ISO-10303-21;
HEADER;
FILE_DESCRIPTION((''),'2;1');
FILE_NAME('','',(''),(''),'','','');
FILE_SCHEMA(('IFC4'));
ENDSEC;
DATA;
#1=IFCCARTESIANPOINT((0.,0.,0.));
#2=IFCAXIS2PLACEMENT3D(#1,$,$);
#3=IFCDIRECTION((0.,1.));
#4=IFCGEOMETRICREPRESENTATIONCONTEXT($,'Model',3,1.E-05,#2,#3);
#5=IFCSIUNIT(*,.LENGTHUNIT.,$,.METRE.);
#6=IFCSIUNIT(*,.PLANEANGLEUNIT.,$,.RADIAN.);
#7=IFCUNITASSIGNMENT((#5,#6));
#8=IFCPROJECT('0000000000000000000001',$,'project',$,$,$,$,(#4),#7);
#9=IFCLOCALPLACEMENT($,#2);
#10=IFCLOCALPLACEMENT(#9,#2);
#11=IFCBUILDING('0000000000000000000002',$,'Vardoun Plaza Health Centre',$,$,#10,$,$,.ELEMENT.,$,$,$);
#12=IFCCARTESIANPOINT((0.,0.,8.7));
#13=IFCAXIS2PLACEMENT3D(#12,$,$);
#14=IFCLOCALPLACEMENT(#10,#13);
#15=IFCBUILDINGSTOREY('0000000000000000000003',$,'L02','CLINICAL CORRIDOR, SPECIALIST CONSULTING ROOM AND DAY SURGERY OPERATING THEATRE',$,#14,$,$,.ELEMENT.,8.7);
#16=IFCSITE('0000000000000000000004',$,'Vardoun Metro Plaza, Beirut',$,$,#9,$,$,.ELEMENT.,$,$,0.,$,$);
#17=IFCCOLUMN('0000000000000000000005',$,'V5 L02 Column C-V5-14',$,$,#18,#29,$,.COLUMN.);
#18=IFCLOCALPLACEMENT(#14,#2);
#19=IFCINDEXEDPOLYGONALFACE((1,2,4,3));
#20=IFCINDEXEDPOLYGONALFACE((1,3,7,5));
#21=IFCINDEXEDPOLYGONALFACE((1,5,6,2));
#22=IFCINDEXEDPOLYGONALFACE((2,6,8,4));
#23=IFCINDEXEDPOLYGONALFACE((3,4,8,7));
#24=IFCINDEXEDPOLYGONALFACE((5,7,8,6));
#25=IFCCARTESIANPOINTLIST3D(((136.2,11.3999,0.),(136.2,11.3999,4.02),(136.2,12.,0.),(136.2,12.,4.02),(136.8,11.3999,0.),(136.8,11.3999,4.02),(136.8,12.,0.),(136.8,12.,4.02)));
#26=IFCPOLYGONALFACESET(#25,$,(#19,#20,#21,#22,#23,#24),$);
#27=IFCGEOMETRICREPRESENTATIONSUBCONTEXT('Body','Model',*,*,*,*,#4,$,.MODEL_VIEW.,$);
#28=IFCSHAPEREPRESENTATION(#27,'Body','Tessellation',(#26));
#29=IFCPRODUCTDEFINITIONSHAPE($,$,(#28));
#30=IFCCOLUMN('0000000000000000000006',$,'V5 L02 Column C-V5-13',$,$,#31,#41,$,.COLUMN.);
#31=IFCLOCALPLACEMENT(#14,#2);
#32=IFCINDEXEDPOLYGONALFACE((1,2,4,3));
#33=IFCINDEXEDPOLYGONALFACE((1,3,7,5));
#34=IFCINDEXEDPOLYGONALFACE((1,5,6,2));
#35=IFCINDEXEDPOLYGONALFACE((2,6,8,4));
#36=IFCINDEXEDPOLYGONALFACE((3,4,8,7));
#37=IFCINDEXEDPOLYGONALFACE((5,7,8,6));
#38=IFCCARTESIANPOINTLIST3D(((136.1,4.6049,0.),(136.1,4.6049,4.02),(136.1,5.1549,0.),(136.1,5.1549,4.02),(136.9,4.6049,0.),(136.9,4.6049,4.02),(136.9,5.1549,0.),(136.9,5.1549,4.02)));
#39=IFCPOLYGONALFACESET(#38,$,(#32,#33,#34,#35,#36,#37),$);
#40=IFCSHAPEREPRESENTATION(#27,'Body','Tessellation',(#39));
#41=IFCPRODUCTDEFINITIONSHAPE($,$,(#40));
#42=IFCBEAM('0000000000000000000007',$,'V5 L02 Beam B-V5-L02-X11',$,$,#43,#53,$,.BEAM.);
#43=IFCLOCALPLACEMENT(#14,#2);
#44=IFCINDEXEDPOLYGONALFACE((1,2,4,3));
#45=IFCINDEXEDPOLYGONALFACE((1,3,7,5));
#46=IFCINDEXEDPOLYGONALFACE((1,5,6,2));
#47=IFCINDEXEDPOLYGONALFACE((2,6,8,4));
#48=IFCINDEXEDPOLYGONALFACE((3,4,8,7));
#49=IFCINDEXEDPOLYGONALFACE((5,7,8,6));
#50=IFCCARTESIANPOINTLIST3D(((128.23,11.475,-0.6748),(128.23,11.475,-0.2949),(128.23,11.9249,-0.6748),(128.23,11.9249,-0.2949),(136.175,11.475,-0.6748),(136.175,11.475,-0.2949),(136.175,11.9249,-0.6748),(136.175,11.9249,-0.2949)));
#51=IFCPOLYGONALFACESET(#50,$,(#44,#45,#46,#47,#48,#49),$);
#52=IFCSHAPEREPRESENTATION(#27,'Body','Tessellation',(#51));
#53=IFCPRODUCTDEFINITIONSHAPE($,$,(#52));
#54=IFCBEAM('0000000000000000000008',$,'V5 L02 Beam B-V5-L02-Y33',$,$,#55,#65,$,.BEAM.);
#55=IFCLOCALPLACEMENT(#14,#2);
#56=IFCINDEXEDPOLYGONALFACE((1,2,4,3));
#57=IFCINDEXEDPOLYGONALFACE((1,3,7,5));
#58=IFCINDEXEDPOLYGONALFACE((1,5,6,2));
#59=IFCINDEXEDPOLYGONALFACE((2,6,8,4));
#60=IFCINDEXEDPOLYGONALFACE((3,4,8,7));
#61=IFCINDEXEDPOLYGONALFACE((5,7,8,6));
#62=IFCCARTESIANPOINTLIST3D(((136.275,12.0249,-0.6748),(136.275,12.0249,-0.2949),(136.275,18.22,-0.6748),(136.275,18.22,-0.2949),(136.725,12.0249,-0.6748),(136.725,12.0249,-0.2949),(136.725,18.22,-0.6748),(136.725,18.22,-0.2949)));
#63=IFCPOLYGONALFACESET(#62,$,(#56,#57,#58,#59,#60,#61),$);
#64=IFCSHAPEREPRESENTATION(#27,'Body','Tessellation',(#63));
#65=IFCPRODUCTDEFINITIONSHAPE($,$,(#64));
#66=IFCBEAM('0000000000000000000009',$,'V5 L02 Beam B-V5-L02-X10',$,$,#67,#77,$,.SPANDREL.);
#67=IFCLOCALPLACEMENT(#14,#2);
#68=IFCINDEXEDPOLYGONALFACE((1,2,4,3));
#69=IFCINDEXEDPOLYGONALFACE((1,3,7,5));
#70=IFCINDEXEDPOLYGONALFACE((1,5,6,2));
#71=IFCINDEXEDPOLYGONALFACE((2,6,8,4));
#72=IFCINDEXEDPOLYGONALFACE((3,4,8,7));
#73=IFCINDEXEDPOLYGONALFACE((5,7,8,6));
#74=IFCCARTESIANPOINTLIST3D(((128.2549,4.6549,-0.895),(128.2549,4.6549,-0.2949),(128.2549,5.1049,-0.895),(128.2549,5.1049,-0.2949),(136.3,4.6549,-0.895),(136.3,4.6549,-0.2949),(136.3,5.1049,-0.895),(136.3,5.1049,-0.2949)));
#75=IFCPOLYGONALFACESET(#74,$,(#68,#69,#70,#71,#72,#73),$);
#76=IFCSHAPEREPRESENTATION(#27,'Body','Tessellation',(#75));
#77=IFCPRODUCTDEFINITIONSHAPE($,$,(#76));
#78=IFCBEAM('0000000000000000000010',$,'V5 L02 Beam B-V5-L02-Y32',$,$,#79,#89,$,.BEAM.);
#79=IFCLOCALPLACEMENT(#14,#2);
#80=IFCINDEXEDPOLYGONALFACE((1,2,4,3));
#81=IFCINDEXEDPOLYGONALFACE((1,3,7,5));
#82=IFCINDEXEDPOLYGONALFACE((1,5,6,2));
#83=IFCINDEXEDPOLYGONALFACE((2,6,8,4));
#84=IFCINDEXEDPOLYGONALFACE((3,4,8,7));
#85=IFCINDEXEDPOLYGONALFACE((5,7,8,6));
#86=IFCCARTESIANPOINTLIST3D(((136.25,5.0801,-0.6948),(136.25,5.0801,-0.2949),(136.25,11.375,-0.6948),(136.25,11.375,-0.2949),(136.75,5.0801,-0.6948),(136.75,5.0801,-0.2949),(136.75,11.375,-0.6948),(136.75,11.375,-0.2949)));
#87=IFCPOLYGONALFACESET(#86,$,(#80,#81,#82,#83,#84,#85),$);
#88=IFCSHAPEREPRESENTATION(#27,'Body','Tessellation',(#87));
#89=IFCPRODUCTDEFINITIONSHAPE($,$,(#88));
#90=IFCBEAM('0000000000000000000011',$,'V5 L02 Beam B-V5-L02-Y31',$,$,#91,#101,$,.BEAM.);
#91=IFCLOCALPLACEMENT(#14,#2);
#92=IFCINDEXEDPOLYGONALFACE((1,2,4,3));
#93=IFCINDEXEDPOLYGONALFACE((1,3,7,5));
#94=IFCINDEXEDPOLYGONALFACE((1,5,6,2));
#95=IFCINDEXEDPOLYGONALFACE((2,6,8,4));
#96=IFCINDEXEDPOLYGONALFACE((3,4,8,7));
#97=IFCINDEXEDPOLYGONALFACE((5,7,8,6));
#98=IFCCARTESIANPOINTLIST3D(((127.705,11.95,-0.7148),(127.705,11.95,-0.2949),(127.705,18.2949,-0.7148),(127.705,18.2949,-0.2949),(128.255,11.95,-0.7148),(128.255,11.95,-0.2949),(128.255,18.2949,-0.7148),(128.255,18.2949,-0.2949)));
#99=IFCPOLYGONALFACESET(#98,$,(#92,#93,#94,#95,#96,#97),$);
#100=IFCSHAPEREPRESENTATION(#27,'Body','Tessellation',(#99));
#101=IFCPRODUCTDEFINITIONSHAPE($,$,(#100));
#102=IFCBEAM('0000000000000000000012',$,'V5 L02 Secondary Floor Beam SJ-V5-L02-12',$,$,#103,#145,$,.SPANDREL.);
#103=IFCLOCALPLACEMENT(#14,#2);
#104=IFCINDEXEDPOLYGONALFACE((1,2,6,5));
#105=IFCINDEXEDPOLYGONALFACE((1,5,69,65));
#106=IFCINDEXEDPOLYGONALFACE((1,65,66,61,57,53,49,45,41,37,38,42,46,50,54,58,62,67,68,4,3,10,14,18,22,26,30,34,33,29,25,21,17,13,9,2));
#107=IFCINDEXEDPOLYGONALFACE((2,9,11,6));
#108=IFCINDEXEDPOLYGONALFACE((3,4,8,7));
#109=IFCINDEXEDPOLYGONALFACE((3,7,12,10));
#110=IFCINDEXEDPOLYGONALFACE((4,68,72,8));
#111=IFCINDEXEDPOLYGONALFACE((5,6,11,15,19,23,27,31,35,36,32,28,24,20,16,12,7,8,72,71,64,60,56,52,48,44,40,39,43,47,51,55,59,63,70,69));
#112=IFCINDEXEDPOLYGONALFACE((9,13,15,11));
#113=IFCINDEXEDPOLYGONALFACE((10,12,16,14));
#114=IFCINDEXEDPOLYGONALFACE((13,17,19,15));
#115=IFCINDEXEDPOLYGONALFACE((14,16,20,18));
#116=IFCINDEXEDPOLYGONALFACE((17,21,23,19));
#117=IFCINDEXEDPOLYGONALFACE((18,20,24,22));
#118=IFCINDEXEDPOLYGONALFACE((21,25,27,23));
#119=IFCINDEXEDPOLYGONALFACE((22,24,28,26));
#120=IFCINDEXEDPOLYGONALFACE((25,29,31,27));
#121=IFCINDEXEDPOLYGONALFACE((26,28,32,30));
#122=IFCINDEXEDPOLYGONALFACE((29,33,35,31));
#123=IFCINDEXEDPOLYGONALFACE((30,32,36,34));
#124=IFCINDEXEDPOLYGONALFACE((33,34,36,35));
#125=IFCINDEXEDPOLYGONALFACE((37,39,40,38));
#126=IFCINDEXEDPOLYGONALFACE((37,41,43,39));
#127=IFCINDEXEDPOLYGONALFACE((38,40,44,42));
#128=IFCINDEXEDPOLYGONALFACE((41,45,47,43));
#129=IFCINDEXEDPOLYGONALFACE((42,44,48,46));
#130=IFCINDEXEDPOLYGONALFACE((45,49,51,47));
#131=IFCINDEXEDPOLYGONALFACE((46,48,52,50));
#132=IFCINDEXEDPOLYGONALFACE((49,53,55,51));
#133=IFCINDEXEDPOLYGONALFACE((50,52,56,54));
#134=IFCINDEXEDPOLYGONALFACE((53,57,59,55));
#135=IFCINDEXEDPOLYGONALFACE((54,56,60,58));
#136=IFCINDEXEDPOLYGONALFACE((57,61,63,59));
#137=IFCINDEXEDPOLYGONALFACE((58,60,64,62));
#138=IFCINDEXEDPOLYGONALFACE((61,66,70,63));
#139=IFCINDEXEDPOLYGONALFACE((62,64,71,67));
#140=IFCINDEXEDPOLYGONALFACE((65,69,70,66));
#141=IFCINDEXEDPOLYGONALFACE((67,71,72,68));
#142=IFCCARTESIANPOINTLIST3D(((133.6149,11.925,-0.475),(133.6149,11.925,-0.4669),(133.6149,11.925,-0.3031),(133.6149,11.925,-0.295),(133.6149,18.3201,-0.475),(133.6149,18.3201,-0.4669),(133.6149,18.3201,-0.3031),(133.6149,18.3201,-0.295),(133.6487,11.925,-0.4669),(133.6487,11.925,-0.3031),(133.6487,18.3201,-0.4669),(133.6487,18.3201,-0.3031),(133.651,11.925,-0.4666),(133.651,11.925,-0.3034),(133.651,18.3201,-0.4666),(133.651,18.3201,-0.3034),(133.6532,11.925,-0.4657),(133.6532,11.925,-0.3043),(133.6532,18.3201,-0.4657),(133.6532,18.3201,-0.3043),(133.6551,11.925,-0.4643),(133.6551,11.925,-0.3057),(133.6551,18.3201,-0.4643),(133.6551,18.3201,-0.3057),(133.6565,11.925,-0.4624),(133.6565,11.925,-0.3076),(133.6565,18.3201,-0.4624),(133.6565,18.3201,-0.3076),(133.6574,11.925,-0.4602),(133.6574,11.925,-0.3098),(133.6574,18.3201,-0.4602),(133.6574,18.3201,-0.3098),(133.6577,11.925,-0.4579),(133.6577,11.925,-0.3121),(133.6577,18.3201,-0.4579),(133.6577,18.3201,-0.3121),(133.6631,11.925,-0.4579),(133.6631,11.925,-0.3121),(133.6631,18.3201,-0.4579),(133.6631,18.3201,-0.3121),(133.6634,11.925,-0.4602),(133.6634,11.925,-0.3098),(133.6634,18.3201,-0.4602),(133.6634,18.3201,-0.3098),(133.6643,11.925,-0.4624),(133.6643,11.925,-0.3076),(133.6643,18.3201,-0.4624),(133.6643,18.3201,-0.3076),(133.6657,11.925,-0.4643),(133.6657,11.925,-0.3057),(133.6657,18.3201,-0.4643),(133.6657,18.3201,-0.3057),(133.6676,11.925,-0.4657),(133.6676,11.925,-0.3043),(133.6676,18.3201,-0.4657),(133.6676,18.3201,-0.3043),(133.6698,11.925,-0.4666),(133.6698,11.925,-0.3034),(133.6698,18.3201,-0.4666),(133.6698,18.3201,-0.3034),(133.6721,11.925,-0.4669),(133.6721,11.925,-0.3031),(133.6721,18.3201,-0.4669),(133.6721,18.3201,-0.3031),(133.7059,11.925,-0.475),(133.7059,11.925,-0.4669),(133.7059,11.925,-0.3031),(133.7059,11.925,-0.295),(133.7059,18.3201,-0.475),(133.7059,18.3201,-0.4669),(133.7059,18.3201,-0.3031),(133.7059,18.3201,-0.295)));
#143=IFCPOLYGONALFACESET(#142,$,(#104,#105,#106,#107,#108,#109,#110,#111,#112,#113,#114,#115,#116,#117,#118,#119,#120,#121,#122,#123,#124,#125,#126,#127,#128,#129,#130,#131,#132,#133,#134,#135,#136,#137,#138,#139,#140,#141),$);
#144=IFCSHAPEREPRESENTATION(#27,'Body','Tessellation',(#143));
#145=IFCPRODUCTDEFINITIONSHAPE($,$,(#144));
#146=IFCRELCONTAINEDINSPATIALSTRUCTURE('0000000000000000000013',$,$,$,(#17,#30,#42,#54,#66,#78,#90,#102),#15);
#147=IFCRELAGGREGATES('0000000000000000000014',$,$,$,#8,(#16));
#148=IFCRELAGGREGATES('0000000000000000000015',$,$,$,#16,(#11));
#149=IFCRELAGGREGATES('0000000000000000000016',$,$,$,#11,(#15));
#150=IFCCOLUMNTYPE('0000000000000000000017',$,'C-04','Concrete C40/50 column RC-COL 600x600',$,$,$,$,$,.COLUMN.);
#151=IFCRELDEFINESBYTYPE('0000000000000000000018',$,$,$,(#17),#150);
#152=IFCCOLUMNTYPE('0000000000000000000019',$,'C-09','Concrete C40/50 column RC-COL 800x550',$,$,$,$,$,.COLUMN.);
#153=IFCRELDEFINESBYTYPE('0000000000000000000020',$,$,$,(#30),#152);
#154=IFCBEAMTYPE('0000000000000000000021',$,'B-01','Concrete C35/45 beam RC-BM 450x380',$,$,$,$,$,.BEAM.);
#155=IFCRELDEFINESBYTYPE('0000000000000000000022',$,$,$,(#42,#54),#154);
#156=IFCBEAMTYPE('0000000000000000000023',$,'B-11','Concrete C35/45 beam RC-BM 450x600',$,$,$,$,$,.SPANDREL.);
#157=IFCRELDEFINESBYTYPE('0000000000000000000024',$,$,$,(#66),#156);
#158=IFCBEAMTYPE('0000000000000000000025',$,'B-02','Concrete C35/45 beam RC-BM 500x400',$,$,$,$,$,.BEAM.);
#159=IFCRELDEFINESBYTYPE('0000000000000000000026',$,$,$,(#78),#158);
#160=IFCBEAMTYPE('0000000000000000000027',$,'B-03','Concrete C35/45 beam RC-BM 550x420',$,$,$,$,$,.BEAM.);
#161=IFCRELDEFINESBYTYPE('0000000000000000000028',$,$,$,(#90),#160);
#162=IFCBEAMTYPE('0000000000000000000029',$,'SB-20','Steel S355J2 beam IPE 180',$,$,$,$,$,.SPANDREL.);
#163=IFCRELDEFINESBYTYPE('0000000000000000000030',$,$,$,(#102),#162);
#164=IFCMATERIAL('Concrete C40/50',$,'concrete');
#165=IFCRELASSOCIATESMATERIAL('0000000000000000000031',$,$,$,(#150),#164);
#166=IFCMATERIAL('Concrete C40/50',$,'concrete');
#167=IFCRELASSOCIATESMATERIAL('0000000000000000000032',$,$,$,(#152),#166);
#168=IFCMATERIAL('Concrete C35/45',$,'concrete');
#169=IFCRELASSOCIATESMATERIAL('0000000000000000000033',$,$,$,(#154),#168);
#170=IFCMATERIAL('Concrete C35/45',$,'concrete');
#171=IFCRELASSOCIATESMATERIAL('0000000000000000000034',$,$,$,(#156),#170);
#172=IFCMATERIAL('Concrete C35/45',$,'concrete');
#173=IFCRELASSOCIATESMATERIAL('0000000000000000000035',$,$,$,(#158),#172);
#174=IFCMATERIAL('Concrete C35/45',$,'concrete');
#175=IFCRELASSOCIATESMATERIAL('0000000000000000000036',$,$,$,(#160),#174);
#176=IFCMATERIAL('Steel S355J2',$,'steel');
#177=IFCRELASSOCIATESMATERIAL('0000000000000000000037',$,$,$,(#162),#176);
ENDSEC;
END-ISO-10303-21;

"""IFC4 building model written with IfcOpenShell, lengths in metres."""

from ifc_helpers import new_model, si_unit, direction, frame, origin, origin_2d, place, context, subcontext, project, spatial, rectangle, i_section, extrude, material, material_profile, profile_set, type_object, element, save


model = new_model("IFC4")

# Units and contexts
model_context = context("Model", 3, precision=1e-05, world=origin(), true_north=direction((0.0, 1.0)))
body_context = subcontext(model_context, "Body", "Model", "MODEL_VIEW")
ifc_project = project(units=[si_unit("LENGTHUNIT", "METRE"), si_unit("PLANEANGLEUNIT", "RADIAN")], contexts=[model_context])

# Site, building, storey
site_placement = place(None, origin())
site = spatial("IfcSite", under=ifc_project, at=site_placement, Name="Vardoun Metro Plaza, Beirut", CompositionType="ELEMENT", RefElevation=0.0)
building_placement = place(site_placement, origin())
building = spatial("IfcBuilding", under=site, at=building_placement, Name="Vardoun Plaza Health Centre", CompositionType="ELEMENT")
storey_placement = place(building_placement, frame((0.0, 0.0, 8.7)))
storey = spatial("IfcBuildingStorey", under=building, at=storey_placement, Name="L02", Description="CLINICAL CORRIDOR, SPECIALIST CONSULTING ROOM AND DAY SURGERY OPERATING THEATRE", CompositionType="ELEMENT", Elevation=8.7)

# Columns
ifc_material_1 = material(Name="Concrete C40/50", Category="concrete")
ifc_material_profile_1 = material_profile(ifc_material_1, rectangle(XDim=0.6001, YDim=0.6001, at=origin_2d()), Name="RC-COL 600x600")
ifc_profile_set_1 = profile_set([ifc_material_profile_1], Name="Concrete C40/50")
column_type_1 = type_object("IfcColumnType", Name="C-04", Description="Concrete C40/50 column RC-COL 600x600", PredefinedType="COLUMN", material=ifc_profile_set_1)
column_1_placement = place(storey_placement, frame((136.5, 11.7, 0.0), z_axis=(0.0, 0.0, 1.0), x_axis=(1.0, 0.0, 0.0)))
element("IfcColumn", 1, at=column_1_placement, inside=storey, type_object=column_type_1, Name="V5 L02 Column C-V5-14", PredefinedType="COLUMN", context=body_context, shape_type="SweptSolid", body=[
    extrude(rectangle(XDim=0.6001, YDim=0.6001, at=origin_2d()), origin(), (0.0, 0.0, 1.0), 4.02),
])
ifc_material_2 = material(Name="Concrete C40/50", Category="concrete")
ifc_material_profile_2 = material_profile(ifc_material_2, rectangle(XDim=0.8, YDim=0.55, at=origin_2d()), Name="RC-COL 800x550")
ifc_profile_set_2 = profile_set([ifc_material_profile_2], Name="Concrete C40/50")
column_type_2 = type_object("IfcColumnType", Name="C-09", Description="Concrete C40/50 column RC-COL 800x550", PredefinedType="COLUMN", material=ifc_profile_set_2)
column_2_placement = place(storey_placement, frame((136.5, 4.8799, 0.0), z_axis=(0.0, 0.0, 1.0), x_axis=(1.0, 0.0, 0.0)))
element("IfcColumn", 2, at=column_2_placement, inside=storey, type_object=column_type_2, Name="V5 L02 Column C-V5-13", PredefinedType="COLUMN", context=body_context, shape_type="SweptSolid", body=[
    extrude(rectangle(XDim=0.8, YDim=0.55, at=origin_2d()), origin(), (0.0, 0.0, 1.0), 4.02),
])

# Beams
ifc_material_3 = material(Name="Concrete C35/45", Category="concrete")
ifc_material_profile_3 = material_profile(ifc_material_3, rectangle(XDim=0.45, YDim=0.3799, at=origin_2d()), Name="RC-BM 450x380")
ifc_profile_set_3 = profile_set([ifc_material_profile_3], Name="Concrete C35/45")
beam_type_1 = type_object("IfcBeamType", Name="B-01", Description="Concrete C35/45 beam RC-BM 450x380", PredefinedType="BEAM", material=ifc_profile_set_3)
beam_1_placement = place(storey_placement, frame((128.23, 11.7, -0.4849), z_axis=(1.0, 0.0, 0.0), x_axis=(0.0, 1.0, 0.0)))
element("IfcBeam", 3, at=beam_1_placement, inside=storey, type_object=beam_type_1, Name="V5 L02 Beam B-V5-L02-X11", PredefinedType="BEAM", context=body_context, shape_type="SweptSolid", body=[
    extrude(rectangle(XDim=0.45, YDim=0.3799, at=origin_2d()), origin(), (0.0, 0.0, 1.0), 7.9451),
])
beam_2_placement = place(storey_placement, frame((136.5, 12.0249, -0.4849), z_axis=(0.0, 1.0, 0.0), x_axis=(-1.0, 0.0, 0.0)))
element("IfcBeam", 4, at=beam_2_placement, inside=storey, type_object=beam_type_1, Name="V5 L02 Beam B-V5-L02-Y33", PredefinedType="BEAM", context=body_context, shape_type="SweptSolid", body=[
    extrude(rectangle(XDim=0.45, YDim=0.3799, at=origin_2d()), origin(), (0.0, 0.0, 1.0), 6.1951),
])
ifc_material_4 = material(Name="Concrete C35/45", Category="concrete")
ifc_material_profile_4 = material_profile(ifc_material_4, rectangle(XDim=0.45, YDim=0.6001, at=origin_2d()), Name="RC-BM 450x600")
ifc_profile_set_4 = profile_set([ifc_material_profile_4], Name="Concrete C35/45")
beam_type_2 = type_object("IfcBeamType", Name="B-11", Description="Concrete C35/45 beam RC-BM 450x600", PredefinedType="SPANDREL", material=ifc_profile_set_4)
beam_3_placement = place(storey_placement, frame((128.2549, 4.8799, -0.595), z_axis=(1.0, 0.0, 0.0), x_axis=(0.0, 1.0, 0.0)))
element("IfcBeam", 5, at=beam_3_placement, inside=storey, type_object=beam_type_2, Name="V5 L02 Beam B-V5-L02-X10", PredefinedType="SPANDREL", context=body_context, shape_type="SweptSolid", body=[
    extrude(rectangle(XDim=0.45, YDim=0.6001, at=origin_2d()), origin(), (0.0, 0.0, 1.0), 8.0452),
])
ifc_material_5 = material(Name="Concrete C35/45", Category="concrete")
ifc_material_profile_5 = material_profile(ifc_material_5, rectangle(XDim=0.5, YDim=0.3999, at=origin_2d()), Name="RC-BM 500x400")
ifc_profile_set_5 = profile_set([ifc_material_profile_5], Name="Concrete C35/45")
beam_type_3 = type_object("IfcBeamType", Name="B-02", Description="Concrete C35/45 beam RC-BM 500x400", PredefinedType="BEAM", material=ifc_profile_set_5)
beam_4_placement = place(storey_placement, frame((136.5, 5.0801, -0.4949), z_axis=(0.0, 1.0, 0.0), x_axis=(-1.0, 0.0, 0.0)))
element("IfcBeam", 6, at=beam_4_placement, inside=storey, type_object=beam_type_3, Name="V5 L02 Beam B-V5-L02-Y32", PredefinedType="BEAM", context=body_context, shape_type="SweptSolid", body=[
    extrude(rectangle(XDim=0.5, YDim=0.3999, at=origin_2d()), origin(), (0.0, 0.0, 1.0), 6.2949),
])
ifc_material_6 = material(Name="Concrete C35/45", Category="concrete")
ifc_material_profile_6 = material_profile(ifc_material_6, rectangle(XDim=0.55, YDim=0.4199, at=origin_2d()), Name="RC-BM 550x420")
ifc_profile_set_6 = profile_set([ifc_material_profile_6], Name="Concrete C35/45")
beam_type_4 = type_object("IfcBeamType", Name="B-03", Description="Concrete C35/45 beam RC-BM 550x420", PredefinedType="BEAM", material=ifc_profile_set_6)
beam_5_placement = place(storey_placement, frame((127.98, 11.95, -0.5049), z_axis=(0.0, 1.0, 0.0), x_axis=(-1.0, 0.0, 0.0)))
element("IfcBeam", 7, at=beam_5_placement, inside=storey, type_object=beam_type_4, Name="V5 L02 Beam B-V5-L02-Y31", PredefinedType="BEAM", context=body_context, shape_type="SweptSolid", body=[
    extrude(rectangle(XDim=0.55, YDim=0.4199, at=origin_2d()), origin(), (0.0, 0.0, 1.0), 6.345),
])
ifc_material_7 = material(Name="Steel S355J2", Category="steel")
ifc_material_profile_7 = material_profile(ifc_material_7, i_section(OverallWidth=0.0911, OverallDepth=0.1799, WebThickness=0.0054, FlangeThickness=0.0081, FilletRadius=0.009, at=origin_2d()), Name="IPE 180")
ifc_profile_set_7 = profile_set([ifc_material_profile_7], Name="Steel S355J2")
beam_type_5 = type_object("IfcBeamType", Name="SB-20", Description="Steel S355J2 beam IPE 180", PredefinedType="SPANDREL", material=ifc_profile_set_7)
beam_6_placement = place(storey_placement, frame((133.6604, 11.925, -0.385), z_axis=(0.0, 1.0, 0.0), x_axis=(-1.0, 0.0, 0.0)))
element("IfcBeam", 8, at=beam_6_placement, inside=storey, type_object=beam_type_5, Name="V5 L02 Secondary Floor Beam SJ-V5-L02-12", PredefinedType="SPANDREL", context=body_context, shape_type="SweptSolid", body=[
    extrude(i_section(OverallWidth=0.0911, OverallDepth=0.1799, WebThickness=0.0054, FlangeThickness=0.0081, FilletRadius=0.009, at=origin_2d()), origin(), (0.0, 0.0, 1.0), 6.395),
])

save(model, "model.ifc")
